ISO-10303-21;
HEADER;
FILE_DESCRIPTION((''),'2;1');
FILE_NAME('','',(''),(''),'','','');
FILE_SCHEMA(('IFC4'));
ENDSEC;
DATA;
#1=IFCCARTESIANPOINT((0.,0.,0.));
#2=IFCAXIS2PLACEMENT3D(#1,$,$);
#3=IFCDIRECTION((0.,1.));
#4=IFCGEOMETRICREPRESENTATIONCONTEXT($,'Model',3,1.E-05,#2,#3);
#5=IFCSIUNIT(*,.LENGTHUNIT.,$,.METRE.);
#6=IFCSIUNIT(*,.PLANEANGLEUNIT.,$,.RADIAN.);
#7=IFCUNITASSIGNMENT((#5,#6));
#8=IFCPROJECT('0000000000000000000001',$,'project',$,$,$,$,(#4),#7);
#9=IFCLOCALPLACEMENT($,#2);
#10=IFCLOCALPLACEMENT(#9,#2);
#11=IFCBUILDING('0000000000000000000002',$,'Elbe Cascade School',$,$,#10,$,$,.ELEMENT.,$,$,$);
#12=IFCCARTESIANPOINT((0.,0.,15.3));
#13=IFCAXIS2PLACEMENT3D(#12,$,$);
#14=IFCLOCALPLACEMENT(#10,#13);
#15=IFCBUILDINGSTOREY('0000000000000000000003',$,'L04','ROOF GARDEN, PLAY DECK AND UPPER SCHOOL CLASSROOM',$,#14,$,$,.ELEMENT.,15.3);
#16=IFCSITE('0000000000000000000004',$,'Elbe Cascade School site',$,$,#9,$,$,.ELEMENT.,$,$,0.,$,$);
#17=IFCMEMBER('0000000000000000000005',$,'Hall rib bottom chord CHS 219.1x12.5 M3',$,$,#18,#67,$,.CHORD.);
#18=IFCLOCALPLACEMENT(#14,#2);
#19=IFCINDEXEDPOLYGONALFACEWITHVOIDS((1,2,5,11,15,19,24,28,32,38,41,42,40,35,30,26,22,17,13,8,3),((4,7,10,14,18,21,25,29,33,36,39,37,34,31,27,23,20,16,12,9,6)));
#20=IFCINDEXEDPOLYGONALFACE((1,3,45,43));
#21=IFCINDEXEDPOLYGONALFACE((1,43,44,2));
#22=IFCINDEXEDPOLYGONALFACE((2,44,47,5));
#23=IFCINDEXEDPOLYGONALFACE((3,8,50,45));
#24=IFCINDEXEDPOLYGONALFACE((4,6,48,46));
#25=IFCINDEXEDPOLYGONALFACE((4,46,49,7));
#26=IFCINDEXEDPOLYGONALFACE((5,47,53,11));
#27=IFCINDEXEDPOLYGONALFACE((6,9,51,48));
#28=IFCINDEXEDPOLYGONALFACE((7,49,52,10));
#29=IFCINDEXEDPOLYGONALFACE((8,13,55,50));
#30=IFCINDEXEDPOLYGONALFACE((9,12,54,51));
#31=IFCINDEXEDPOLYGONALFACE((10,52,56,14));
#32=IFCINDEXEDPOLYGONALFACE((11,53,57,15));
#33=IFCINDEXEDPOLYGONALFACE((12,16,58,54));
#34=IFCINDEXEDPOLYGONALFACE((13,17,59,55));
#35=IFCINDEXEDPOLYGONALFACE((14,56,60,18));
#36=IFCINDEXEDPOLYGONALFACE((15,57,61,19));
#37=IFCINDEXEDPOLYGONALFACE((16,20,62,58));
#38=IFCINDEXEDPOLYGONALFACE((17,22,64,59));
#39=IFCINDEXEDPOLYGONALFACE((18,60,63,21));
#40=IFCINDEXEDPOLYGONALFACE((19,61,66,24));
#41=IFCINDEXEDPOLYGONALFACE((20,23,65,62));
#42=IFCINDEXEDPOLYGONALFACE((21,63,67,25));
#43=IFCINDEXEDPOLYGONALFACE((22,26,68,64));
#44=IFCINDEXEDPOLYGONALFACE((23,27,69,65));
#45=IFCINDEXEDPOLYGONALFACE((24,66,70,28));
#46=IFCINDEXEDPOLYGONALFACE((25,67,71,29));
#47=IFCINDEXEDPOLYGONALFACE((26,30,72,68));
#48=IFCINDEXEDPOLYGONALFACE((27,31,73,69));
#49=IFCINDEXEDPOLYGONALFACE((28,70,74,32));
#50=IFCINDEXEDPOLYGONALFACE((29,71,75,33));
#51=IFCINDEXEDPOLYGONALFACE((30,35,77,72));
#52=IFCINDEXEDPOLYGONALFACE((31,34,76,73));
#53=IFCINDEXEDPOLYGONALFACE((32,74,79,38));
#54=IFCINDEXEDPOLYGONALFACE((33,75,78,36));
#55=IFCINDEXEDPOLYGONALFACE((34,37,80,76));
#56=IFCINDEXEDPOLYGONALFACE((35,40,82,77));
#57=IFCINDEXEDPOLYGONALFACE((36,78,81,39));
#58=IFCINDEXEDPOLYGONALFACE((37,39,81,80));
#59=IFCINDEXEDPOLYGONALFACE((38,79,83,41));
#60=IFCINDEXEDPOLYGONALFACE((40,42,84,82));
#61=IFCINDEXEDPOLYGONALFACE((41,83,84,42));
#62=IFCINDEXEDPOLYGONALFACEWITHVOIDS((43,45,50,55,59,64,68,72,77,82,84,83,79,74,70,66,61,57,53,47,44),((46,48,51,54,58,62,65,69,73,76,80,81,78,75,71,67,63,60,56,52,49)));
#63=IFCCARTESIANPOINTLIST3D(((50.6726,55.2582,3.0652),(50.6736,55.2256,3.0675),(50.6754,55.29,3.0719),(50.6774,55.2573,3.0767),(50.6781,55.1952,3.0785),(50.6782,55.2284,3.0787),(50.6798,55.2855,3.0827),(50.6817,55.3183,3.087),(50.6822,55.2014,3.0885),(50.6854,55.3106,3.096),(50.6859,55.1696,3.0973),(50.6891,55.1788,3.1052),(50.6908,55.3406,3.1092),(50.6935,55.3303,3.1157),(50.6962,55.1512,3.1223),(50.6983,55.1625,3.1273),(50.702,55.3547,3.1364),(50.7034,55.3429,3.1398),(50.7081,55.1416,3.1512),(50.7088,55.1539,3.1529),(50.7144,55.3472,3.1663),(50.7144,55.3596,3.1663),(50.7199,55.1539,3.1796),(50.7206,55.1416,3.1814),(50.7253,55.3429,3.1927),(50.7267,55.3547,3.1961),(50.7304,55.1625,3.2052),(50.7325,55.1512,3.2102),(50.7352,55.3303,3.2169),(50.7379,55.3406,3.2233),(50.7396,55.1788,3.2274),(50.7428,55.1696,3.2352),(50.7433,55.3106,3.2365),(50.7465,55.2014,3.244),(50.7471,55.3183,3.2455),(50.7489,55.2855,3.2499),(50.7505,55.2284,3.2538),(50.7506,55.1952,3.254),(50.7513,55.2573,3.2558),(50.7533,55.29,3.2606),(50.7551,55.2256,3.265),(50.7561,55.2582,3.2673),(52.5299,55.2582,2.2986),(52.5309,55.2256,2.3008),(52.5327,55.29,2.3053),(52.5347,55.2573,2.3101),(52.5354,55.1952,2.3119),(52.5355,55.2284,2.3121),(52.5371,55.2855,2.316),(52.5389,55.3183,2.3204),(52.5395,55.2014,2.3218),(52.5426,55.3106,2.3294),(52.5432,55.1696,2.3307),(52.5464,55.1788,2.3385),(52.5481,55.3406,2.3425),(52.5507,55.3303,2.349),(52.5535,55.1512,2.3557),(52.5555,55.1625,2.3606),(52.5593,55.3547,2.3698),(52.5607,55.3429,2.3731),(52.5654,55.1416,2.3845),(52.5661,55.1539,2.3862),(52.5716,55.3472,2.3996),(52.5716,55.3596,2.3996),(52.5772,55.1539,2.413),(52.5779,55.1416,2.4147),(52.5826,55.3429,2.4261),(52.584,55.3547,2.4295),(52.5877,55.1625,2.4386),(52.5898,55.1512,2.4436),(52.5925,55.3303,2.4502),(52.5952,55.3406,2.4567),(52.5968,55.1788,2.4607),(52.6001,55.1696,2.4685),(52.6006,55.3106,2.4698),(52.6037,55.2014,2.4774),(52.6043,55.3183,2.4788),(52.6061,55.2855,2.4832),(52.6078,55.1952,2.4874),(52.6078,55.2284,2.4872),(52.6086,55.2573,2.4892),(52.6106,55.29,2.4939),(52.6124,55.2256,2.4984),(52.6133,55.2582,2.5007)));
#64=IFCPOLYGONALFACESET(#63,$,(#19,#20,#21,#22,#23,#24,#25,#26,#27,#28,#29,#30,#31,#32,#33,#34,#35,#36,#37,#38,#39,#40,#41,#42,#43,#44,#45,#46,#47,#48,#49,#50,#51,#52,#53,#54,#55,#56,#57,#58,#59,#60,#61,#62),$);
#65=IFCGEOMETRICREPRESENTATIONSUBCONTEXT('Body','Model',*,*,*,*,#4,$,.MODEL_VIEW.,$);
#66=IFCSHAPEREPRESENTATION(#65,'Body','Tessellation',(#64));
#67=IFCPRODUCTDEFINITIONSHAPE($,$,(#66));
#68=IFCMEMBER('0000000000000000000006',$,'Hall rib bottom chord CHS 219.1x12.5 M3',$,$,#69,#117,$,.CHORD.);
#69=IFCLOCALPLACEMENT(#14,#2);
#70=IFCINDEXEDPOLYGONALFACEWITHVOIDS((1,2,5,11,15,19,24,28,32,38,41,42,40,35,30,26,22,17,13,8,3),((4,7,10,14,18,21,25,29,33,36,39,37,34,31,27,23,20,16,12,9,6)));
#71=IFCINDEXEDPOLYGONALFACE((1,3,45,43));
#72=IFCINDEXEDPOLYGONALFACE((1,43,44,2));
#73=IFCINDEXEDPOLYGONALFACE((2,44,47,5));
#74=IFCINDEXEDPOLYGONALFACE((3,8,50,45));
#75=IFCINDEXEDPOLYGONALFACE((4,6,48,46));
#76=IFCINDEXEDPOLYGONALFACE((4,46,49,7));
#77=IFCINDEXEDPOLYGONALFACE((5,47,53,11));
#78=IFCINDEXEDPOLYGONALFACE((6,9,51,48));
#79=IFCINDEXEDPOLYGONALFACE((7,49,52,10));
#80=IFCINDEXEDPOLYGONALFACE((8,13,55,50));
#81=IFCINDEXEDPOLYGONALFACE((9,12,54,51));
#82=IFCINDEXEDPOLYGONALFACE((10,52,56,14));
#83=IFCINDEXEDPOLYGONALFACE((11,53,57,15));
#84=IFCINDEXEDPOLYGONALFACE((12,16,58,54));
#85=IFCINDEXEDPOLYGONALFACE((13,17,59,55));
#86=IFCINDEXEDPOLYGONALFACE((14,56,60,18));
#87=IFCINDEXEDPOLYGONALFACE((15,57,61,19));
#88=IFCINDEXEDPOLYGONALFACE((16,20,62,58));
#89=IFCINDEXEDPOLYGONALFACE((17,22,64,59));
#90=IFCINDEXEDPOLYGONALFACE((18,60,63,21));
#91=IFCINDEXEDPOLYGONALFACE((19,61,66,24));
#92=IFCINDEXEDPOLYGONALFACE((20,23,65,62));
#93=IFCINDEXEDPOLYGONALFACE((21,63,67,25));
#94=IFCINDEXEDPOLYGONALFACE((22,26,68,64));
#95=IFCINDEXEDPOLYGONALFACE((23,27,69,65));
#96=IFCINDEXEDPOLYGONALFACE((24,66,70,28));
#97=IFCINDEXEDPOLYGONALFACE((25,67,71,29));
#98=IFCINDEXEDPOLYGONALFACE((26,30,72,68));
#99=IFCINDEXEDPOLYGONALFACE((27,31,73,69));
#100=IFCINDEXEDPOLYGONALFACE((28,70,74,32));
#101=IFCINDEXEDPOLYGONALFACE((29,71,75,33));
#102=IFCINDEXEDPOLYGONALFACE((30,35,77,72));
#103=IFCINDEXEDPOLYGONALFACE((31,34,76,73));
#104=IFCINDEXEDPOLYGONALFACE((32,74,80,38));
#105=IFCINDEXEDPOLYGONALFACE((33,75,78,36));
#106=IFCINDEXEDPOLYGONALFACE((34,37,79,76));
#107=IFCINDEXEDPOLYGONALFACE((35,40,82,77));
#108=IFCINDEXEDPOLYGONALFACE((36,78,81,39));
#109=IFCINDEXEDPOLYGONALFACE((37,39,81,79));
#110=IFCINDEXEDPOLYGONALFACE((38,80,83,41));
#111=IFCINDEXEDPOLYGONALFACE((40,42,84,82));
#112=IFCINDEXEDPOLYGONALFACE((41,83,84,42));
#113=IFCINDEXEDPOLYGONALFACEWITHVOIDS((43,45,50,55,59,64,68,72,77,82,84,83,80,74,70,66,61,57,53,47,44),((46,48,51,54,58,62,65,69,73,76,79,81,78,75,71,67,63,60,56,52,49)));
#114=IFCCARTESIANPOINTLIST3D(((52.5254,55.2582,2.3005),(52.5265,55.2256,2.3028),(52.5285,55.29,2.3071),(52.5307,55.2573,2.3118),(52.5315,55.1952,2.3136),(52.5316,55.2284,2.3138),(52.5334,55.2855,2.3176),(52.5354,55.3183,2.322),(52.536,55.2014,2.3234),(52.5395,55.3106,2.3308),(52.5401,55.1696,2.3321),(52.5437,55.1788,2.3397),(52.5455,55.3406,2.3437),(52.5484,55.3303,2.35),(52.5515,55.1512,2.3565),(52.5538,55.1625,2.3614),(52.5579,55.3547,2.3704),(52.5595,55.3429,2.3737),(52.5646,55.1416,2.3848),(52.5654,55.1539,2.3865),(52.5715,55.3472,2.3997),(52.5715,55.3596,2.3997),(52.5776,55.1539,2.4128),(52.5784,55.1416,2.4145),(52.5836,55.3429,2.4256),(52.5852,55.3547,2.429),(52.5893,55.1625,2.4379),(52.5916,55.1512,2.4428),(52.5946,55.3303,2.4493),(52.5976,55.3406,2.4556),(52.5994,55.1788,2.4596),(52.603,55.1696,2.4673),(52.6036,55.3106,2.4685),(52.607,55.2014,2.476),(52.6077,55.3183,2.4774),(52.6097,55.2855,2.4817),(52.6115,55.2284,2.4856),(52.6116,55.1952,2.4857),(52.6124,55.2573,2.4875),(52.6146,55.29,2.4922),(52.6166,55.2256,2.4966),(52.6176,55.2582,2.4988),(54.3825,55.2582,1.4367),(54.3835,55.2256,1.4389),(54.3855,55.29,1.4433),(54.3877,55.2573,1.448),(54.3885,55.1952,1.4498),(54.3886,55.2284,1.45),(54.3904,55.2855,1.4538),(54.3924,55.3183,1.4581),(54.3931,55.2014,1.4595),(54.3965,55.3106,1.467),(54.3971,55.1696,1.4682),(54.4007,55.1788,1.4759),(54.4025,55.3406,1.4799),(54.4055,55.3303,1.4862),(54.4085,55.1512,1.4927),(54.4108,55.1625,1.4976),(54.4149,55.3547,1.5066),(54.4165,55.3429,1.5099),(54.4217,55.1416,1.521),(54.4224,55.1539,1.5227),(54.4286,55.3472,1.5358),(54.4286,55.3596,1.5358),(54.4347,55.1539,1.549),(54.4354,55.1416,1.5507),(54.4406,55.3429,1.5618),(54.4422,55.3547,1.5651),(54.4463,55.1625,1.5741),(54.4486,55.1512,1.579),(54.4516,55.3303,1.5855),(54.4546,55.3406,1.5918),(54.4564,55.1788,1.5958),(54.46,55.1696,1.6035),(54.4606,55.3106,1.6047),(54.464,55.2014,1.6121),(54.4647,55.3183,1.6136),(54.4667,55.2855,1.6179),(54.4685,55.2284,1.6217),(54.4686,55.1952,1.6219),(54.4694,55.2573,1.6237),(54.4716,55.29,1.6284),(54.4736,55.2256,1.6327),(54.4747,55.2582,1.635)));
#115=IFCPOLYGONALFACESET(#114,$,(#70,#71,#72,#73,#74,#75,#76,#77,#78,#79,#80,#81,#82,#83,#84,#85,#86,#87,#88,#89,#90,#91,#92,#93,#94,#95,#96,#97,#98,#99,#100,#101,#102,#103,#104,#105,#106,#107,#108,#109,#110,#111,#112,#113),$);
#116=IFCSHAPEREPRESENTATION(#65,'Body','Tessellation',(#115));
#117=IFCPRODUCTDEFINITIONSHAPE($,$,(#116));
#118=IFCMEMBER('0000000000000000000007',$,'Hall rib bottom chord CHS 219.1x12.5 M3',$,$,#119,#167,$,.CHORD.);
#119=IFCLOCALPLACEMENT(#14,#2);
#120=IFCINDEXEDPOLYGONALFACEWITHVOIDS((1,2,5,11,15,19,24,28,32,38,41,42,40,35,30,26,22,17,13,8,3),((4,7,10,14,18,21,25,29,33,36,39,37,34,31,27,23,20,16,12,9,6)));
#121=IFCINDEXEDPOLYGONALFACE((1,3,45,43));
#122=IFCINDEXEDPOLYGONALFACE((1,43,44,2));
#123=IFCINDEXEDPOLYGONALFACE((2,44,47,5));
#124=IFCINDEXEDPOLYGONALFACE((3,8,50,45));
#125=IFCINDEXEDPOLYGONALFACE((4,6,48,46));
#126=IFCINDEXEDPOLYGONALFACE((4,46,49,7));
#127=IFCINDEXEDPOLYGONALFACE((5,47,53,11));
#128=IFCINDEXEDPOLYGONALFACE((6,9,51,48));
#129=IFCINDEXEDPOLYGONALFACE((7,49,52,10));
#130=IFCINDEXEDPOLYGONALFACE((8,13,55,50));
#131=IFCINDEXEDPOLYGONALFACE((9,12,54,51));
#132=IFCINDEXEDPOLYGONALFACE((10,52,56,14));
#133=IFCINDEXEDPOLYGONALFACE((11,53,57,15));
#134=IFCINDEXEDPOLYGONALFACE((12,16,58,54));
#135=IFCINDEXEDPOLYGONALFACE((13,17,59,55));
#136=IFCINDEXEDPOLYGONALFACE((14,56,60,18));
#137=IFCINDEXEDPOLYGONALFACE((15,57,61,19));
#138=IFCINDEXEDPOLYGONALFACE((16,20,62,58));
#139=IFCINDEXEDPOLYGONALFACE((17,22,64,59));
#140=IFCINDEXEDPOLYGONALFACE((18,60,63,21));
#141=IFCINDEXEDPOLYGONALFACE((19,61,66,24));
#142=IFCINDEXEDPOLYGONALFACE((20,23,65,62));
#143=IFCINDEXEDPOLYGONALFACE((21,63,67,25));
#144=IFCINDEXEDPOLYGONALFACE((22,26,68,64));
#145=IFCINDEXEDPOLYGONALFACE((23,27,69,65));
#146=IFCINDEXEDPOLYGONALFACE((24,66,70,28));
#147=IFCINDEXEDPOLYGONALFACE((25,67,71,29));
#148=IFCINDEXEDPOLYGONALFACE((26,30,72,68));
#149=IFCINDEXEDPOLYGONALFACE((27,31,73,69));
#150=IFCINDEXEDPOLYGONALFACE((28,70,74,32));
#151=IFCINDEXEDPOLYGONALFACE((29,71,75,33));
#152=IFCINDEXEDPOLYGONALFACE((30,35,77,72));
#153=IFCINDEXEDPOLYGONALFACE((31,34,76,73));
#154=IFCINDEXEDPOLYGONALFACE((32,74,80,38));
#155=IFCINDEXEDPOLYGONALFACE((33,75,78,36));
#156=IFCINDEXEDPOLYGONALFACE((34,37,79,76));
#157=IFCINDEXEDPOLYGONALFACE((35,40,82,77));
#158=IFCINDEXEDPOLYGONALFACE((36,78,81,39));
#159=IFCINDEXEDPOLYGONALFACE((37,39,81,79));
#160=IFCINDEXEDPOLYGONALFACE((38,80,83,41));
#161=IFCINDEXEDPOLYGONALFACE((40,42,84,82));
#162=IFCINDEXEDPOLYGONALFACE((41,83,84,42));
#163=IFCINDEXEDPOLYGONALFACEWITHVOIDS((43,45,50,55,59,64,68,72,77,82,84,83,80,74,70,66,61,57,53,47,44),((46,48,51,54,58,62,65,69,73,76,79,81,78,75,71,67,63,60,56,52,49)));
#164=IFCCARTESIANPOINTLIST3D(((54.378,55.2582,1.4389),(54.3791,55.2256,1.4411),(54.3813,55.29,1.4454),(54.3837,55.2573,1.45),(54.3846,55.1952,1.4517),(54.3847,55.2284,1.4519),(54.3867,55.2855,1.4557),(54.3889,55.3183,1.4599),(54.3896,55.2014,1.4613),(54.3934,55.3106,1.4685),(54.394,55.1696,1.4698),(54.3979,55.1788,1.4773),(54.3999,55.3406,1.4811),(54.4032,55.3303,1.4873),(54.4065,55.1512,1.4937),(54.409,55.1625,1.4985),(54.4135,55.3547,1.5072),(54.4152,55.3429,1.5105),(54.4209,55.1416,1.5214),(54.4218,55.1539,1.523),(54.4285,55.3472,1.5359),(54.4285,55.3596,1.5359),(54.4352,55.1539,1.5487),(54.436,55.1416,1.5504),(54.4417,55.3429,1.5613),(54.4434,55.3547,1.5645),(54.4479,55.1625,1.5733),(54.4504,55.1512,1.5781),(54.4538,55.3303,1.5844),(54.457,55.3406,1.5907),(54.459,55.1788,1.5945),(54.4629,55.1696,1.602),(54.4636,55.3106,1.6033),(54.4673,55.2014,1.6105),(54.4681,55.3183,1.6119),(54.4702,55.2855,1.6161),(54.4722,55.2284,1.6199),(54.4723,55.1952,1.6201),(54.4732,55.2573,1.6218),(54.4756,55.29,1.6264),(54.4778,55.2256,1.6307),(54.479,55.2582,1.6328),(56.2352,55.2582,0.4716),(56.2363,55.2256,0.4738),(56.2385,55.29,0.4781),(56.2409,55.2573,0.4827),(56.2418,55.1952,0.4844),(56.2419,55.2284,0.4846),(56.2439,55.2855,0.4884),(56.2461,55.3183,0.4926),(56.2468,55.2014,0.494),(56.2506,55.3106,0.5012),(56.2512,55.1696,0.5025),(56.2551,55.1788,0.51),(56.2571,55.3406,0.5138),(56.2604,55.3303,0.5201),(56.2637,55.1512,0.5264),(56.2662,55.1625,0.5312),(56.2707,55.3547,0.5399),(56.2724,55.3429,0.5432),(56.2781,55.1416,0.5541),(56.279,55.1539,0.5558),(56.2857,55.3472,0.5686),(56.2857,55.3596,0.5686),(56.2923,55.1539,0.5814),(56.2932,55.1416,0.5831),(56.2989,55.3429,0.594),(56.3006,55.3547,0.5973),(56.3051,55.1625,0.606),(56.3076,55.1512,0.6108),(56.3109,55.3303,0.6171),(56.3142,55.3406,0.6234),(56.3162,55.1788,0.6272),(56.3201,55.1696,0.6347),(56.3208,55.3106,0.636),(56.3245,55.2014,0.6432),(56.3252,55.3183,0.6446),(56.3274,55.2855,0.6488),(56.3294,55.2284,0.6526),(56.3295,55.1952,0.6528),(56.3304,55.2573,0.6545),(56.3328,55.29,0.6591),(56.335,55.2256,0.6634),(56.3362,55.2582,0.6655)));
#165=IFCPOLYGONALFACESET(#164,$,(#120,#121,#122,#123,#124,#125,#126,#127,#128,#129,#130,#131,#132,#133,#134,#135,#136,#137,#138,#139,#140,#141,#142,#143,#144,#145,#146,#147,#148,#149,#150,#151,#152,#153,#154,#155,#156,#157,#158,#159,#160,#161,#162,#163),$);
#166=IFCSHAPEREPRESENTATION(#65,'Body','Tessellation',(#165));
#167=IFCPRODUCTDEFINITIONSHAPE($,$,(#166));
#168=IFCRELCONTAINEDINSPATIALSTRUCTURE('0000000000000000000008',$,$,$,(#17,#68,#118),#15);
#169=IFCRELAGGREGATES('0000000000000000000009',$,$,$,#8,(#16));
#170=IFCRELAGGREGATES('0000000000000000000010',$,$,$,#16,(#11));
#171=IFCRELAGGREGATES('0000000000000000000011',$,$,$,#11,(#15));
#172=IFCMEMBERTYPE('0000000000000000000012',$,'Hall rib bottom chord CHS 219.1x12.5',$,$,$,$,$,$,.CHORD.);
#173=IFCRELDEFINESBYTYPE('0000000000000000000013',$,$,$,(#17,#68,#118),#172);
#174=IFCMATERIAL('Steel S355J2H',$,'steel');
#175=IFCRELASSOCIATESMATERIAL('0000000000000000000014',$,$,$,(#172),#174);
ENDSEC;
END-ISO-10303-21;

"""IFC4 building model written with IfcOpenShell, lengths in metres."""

from ifc_helpers import new_model, si_unit, direction, frame, origin, origin_2d, place, context, subcontext, project, spatial, hollow_circle, extrude, material, material_profile, profile_set, type_object, element, save


model = new_model("IFC4")

# Units and contexts
model_context = context("Model", 3, precision=1e-05, world=origin(), true_north=direction((0.0, 1.0)))
body_context = subcontext(model_context, "Body", "Model", "MODEL_VIEW")
ifc_project = project(units=[si_unit("LENGTHUNIT", "METRE"), si_unit("PLANEANGLEUNIT", "RADIAN")], contexts=[model_context])

# Site, building, storey
site_placement = place(None, origin())
site = spatial("IfcSite", under=ifc_project, at=site_placement, Name="Elbe Cascade School site", CompositionType="ELEMENT", RefElevation=0.0)
building_placement = place(site_placement, origin())
building = spatial("IfcBuilding", under=site, at=building_placement, Name="Elbe Cascade School", CompositionType="ELEMENT")
storey_placement = place(building_placement, frame((0.0, 0.0, 15.3)))
storey = spatial("IfcBuildingStorey", under=building, at=storey_placement, Name="L04", Description="ROOF GARDEN, PLAY DECK AND UPPER SCHOOL CLASSROOM", CompositionType="ELEMENT", Elevation=15.3)

# Members
ifc_material_1 = material(Name="Steel S355J2H", Category="steel")
ifc_material_profile_1 = material_profile(ifc_material_1, hollow_circle(Radius=0.1096, WallThickness=0.0125, at=origin_2d()), Name="CHS 219.1x12.5")
ifc_profile_set_1 = profile_set([ifc_material_profile_1], Name="Steel S355J2H")
member_type_1 = type_object("IfcMemberType", Name="Hall rib bottom chord CHS 219.1x12.5", PredefinedType="CHORD", material=ifc_profile_set_1)
member_1_placement = place(storey_placement, frame((50.7144, 55.25, 3.1663), z_axis=(0.924348, 0.0, -0.38155), x_axis=(0.0, 1.0, 0.0)))
element("IfcMember", 1, at=member_1_placement, inside=storey, type_object=member_type_1, Name="Hall rib bottom chord CHS 219.1x12.5 M3", PredefinedType="CHORD", context=body_context, shape_type="SweptSolid", body=[
    extrude(hollow_circle(Radius=0.1096, WallThickness=0.0125, at=origin_2d()), origin(), (0.0, 0.0, 1.0), 2.0093),
])
member_2_placement = place(storey_placement, frame((52.5715, 55.25, 2.3997), z_axis=(0.906706, 0.0, -0.421763), x_axis=(0.0, 1.0, 0.0)))
element("IfcMember", 2, at=member_2_placement, inside=storey, type_object=member_type_1, Name="Hall rib bottom chord CHS 219.1x12.5 M3", PredefinedType="CHORD", context=body_context, shape_type="SweptSolid", body=[
    extrude(hollow_circle(Radius=0.1096, WallThickness=0.0125, at=origin_2d()), origin(), (0.0, 0.0, 1.0), 2.0481),
])
member_3_placement = place(storey_placement, frame((54.4285, 55.25, 1.5359), z_axis=(0.886913, 0.0, -0.461936), x_axis=(0.0, 1.0, 0.0)))
element("IfcMember", 3, at=member_3_placement, inside=storey, type_object=member_type_1, Name="Hall rib bottom chord CHS 219.1x12.5 M3", PredefinedType="CHORD", context=body_context, shape_type="SweptSolid", body=[
    extrude(hollow_circle(Radius=0.1096, WallThickness=0.0125, at=origin_2d()), origin(), (0.0, 0.0, 1.0), 2.094),
])

save(model, "model.ifc")
